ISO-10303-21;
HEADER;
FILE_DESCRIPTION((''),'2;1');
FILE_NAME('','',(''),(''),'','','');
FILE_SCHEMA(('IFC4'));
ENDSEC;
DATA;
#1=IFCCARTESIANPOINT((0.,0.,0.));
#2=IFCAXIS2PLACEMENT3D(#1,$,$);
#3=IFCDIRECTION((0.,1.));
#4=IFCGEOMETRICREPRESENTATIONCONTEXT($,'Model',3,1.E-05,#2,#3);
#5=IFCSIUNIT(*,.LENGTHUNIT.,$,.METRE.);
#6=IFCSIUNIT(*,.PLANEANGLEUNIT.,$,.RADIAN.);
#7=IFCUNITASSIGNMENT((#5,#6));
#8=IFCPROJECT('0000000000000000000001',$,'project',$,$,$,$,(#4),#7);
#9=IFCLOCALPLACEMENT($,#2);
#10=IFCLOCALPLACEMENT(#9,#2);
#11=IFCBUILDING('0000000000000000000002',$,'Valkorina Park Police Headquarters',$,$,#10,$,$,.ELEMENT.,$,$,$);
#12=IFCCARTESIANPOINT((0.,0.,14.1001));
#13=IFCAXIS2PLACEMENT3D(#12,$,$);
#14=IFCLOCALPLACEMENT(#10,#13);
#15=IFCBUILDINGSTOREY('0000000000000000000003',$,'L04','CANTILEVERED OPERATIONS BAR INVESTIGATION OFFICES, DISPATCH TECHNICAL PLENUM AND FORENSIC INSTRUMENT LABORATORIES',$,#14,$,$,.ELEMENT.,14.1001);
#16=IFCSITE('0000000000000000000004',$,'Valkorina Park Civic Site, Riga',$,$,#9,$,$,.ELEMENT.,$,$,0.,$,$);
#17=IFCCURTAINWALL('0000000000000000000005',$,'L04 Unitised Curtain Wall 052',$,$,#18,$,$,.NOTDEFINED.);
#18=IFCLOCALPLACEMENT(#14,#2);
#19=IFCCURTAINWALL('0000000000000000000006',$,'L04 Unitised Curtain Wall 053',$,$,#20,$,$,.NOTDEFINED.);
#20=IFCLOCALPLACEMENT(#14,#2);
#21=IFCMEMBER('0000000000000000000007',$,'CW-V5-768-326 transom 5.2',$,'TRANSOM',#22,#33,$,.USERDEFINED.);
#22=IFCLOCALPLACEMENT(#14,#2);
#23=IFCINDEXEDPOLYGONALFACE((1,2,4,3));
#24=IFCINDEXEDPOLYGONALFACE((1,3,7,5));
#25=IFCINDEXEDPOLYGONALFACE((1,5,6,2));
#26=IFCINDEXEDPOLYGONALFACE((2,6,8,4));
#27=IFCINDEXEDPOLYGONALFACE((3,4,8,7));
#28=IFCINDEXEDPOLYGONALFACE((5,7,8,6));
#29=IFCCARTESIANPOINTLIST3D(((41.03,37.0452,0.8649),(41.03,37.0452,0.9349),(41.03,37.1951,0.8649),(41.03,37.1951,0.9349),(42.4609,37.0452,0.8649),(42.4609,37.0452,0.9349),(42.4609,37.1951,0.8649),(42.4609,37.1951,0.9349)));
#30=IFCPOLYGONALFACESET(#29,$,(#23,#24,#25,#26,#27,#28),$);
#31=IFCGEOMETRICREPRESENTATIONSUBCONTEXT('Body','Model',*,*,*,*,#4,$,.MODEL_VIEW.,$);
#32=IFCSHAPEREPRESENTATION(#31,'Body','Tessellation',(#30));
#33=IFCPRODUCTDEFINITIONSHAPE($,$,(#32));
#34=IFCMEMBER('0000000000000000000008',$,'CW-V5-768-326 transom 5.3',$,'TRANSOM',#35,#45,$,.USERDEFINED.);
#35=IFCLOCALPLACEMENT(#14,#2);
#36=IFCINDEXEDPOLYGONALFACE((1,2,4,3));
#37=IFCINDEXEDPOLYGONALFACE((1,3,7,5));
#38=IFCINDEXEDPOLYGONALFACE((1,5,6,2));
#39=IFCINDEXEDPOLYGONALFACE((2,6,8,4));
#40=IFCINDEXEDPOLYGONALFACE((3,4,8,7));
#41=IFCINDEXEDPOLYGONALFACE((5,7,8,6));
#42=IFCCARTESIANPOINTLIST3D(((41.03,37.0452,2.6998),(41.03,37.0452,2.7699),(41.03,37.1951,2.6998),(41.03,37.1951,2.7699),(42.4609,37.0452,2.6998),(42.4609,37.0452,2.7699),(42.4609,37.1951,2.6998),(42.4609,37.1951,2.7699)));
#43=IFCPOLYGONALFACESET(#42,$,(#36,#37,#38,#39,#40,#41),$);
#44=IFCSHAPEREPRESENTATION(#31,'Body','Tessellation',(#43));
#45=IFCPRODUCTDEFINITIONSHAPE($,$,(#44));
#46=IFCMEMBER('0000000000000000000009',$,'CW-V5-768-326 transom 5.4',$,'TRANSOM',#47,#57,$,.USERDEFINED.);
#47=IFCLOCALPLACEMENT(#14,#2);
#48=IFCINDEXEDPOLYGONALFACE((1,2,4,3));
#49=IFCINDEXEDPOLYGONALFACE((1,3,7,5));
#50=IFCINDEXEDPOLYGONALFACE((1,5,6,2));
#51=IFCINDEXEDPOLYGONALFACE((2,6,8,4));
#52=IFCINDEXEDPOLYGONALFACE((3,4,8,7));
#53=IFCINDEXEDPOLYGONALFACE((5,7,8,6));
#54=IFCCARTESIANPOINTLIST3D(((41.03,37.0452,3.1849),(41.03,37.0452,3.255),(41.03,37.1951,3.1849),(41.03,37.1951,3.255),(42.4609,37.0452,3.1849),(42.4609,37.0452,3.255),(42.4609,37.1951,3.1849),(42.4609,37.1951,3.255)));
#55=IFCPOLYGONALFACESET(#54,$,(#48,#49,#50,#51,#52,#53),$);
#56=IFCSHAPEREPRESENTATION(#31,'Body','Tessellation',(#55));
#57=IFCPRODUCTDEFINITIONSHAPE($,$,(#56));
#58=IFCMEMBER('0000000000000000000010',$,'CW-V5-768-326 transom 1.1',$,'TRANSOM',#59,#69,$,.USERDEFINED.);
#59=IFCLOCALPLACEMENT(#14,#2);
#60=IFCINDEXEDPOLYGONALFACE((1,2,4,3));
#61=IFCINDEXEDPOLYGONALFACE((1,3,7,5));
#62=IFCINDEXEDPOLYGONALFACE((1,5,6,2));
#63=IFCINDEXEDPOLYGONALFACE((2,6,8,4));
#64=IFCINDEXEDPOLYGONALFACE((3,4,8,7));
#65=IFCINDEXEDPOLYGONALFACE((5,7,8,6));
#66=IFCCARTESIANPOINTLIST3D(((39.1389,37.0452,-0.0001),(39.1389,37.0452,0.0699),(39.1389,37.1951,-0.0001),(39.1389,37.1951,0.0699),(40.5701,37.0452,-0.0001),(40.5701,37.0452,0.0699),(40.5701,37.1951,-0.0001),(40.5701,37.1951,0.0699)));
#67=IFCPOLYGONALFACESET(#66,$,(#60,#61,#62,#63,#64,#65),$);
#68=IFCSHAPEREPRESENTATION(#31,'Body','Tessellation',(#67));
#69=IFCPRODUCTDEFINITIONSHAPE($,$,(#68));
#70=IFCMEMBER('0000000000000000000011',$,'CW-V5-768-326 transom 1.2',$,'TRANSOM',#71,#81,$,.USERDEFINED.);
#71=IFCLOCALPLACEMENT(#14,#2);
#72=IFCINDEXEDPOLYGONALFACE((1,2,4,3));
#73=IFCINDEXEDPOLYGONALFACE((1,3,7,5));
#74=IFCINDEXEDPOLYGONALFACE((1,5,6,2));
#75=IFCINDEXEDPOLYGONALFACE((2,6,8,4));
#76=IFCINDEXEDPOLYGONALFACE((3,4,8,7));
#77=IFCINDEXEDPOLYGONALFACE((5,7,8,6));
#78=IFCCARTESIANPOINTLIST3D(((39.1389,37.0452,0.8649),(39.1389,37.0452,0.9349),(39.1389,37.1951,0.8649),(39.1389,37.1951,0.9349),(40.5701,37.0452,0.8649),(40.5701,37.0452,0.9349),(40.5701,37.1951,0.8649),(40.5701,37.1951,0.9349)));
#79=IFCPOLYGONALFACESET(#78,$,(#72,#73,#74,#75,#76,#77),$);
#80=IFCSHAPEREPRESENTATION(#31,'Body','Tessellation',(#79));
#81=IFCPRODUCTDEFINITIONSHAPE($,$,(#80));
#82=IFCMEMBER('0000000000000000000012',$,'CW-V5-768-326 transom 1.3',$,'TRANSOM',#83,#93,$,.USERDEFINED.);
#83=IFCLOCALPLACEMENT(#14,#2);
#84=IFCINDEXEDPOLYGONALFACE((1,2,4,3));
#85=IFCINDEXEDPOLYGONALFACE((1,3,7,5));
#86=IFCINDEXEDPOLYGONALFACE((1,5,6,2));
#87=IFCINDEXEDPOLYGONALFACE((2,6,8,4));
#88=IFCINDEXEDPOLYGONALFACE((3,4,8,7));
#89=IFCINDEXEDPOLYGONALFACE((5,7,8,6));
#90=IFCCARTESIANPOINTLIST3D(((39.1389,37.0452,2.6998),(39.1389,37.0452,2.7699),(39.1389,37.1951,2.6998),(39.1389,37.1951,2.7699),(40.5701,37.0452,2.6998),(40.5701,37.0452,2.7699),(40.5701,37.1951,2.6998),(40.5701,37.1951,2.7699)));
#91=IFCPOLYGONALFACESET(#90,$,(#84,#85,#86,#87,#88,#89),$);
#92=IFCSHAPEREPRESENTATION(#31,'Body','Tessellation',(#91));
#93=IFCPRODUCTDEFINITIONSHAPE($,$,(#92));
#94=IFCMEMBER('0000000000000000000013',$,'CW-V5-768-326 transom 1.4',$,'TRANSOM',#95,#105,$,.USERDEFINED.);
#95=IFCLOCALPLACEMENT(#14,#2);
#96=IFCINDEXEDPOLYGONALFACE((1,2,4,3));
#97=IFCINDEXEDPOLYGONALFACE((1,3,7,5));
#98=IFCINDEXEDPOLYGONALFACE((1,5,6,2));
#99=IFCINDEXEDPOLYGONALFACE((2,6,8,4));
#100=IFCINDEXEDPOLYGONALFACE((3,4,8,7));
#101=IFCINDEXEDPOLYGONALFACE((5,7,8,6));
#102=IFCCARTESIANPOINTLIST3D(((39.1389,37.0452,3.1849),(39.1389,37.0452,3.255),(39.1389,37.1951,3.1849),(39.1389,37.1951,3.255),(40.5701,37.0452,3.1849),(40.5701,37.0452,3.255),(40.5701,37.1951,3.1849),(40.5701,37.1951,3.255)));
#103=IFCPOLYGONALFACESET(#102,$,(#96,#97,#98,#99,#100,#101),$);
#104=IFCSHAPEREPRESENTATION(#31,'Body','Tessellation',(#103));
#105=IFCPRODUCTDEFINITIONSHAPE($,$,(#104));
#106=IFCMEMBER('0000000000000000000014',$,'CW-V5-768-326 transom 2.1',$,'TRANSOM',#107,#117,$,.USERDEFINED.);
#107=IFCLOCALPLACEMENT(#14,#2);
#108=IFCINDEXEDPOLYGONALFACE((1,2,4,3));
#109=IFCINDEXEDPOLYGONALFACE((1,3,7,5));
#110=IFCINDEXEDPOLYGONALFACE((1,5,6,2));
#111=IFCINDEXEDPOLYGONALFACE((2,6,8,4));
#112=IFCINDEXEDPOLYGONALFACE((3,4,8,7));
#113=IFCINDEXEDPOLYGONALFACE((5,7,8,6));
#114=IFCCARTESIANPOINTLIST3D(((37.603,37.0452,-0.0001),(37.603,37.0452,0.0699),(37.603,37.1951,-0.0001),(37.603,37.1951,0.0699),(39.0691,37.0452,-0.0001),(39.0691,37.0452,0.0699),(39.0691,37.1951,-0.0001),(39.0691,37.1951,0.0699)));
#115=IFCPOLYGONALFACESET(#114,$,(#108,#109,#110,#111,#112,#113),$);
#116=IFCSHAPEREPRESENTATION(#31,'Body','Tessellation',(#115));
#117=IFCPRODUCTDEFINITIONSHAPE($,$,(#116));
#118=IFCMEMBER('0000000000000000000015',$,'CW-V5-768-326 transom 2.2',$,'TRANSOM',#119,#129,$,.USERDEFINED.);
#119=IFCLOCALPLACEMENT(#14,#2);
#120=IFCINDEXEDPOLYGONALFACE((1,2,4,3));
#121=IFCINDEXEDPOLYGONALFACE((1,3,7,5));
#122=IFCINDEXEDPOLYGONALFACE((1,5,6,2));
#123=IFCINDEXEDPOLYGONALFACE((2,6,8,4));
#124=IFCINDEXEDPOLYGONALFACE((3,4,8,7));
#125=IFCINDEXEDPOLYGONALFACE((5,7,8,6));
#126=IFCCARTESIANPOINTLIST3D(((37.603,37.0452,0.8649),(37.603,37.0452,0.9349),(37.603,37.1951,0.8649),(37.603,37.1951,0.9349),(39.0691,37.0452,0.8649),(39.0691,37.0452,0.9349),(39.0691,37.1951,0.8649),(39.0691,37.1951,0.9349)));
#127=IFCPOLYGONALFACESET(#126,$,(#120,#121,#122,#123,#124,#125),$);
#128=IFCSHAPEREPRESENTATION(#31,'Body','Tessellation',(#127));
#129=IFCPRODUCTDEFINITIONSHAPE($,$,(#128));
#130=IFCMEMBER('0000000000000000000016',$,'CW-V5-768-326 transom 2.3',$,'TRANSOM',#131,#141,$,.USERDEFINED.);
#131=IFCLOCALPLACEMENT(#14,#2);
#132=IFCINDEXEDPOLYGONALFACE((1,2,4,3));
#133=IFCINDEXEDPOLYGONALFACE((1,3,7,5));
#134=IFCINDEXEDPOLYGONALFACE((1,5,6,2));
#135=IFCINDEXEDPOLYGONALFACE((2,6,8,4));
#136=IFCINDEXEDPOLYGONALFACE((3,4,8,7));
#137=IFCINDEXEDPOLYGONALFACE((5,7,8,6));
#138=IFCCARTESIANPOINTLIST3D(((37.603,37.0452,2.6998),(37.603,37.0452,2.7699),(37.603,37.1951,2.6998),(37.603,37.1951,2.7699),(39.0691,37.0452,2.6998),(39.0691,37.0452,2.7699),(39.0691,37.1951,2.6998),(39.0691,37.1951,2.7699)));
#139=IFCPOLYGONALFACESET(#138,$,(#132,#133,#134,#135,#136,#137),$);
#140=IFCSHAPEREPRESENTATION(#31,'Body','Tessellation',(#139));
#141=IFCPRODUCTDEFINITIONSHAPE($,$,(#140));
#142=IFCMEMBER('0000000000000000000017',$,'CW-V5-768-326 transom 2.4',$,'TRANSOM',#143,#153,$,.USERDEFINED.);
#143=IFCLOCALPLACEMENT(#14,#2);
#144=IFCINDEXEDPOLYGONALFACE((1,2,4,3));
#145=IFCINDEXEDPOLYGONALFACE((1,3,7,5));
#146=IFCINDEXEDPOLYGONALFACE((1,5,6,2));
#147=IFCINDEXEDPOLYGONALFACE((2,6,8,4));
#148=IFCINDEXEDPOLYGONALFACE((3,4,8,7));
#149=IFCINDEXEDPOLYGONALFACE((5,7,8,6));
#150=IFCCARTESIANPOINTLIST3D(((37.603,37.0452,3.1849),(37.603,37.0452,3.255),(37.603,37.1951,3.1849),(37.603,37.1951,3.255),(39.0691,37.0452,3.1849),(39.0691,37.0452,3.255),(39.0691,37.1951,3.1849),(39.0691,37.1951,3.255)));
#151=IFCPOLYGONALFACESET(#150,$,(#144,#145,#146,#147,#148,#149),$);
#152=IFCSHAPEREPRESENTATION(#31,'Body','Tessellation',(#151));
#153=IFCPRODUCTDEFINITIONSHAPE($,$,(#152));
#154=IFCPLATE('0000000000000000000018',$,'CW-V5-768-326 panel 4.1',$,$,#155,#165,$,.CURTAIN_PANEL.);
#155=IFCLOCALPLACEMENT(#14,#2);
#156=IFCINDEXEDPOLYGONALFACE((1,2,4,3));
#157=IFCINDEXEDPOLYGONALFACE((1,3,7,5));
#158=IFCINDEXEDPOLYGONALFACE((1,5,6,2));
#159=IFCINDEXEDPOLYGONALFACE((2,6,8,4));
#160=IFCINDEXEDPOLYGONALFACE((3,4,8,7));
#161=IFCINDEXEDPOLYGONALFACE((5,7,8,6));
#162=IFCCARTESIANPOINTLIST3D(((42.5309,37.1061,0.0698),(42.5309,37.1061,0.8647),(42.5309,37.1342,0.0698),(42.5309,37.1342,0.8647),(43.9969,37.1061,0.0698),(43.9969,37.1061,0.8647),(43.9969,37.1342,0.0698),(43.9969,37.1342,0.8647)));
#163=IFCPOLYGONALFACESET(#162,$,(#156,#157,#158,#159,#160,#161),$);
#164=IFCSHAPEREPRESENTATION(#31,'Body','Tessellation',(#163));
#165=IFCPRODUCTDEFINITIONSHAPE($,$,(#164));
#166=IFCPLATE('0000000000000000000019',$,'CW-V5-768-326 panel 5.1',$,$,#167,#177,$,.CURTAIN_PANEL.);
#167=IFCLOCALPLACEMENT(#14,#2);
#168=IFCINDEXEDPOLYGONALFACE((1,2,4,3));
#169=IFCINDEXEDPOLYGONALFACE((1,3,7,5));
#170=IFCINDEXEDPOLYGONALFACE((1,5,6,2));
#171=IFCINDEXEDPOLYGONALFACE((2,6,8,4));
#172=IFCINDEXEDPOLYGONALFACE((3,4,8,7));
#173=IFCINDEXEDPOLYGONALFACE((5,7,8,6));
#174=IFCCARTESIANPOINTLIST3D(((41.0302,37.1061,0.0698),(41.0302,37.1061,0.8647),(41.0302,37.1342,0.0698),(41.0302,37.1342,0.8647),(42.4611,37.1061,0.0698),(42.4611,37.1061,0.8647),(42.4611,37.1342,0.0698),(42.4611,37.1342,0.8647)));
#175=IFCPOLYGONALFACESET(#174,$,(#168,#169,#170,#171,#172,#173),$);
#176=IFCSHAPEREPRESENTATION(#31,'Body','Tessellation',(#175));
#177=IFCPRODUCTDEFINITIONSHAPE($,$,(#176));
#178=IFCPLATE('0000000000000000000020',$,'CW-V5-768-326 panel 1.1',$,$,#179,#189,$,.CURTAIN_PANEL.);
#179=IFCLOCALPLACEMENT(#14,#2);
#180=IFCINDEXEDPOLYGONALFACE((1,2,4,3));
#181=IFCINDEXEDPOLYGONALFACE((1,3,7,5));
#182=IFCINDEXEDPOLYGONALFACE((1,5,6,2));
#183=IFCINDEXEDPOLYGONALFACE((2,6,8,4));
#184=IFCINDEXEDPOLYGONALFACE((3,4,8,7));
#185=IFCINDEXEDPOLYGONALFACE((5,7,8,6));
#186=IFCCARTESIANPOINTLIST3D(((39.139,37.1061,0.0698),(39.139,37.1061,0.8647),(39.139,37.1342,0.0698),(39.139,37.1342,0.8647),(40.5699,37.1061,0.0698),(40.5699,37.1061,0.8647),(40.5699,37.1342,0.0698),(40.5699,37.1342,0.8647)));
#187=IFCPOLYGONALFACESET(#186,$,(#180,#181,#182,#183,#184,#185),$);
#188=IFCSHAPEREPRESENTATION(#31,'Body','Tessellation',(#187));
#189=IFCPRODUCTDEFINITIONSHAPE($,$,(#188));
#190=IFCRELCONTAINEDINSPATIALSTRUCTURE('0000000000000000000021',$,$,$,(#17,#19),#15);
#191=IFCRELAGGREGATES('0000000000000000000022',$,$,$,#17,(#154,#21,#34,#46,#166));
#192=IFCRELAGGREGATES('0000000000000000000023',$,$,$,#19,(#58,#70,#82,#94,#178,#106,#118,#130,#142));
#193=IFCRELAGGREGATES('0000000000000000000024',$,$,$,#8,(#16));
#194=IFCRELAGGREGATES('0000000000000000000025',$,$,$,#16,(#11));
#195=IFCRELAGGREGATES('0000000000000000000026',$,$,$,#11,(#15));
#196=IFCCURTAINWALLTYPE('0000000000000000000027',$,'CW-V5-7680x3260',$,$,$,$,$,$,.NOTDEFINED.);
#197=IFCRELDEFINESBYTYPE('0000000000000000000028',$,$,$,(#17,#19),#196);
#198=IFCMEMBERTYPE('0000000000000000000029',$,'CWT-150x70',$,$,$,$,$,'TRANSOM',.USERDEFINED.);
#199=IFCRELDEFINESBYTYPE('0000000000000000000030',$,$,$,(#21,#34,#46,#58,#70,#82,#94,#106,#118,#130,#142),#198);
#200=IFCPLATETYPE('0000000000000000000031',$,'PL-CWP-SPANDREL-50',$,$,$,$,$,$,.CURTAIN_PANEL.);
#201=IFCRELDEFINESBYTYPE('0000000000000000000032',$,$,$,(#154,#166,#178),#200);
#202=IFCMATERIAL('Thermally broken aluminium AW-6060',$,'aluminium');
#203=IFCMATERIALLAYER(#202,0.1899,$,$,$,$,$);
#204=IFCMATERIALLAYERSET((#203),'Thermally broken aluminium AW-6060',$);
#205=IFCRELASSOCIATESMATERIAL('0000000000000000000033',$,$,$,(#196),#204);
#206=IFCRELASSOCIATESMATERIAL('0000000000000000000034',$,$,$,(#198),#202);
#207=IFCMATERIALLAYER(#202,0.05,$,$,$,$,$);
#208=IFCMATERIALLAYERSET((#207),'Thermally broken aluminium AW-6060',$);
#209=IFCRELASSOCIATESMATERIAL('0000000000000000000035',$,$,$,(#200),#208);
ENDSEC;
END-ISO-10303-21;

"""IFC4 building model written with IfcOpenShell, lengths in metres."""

from ifc_helpers import new_model, si_unit, direction, frame, origin, origin_2d, place, context, subcontext, project, spatial, rectangle, extrude, material, layer, layer_set, material_profile, profile_set, type_object, element, aggregate, save


model = new_model("IFC4")

# Units and contexts
model_context = context("Model", 3, precision=1e-05, world=origin(), true_north=direction((0.0, 1.0)))
body_context = subcontext(model_context, "Body", "Model", "MODEL_VIEW")
ifc_project = project(units=[si_unit("LENGTHUNIT", "METRE"), si_unit("PLANEANGLEUNIT", "RADIAN")], contexts=[model_context])

# Site, building, storey
site_placement = place(None, origin())
site = spatial("IfcSite", under=ifc_project, at=site_placement, Name="Valkorina Park Civic Site, Riga", CompositionType="ELEMENT", RefElevation=0.0)
building_placement = place(site_placement, origin())
building = spatial("IfcBuilding", under=site, at=building_placement, Name="Valkorina Park Police Headquarters", CompositionType="ELEMENT")
storey_placement = place(building_placement, frame((0.0, 0.0, 14.1001)))
storey = spatial("IfcBuildingStorey", under=building, at=storey_placement, Name="L04", Description="CANTILEVERED OPERATIONS BAR INVESTIGATION OFFICES, DISPATCH TECHNICAL PLENUM AND FORENSIC INSTRUMENT LABORATORIES", CompositionType="ELEMENT", Elevation=14.1001)

# Curtain walls
ifc_material_1 = material(Name="Thermally broken aluminium AW-6060", Category="aluminium")
ifc_layer_1 = layer(ifc_material_1, 0.1899)
ifc_layer_set_1 = layer_set([ifc_layer_1], Name="Thermally broken aluminium AW-6060")
curtain_wall_type = type_object("IfcCurtainWallType", Name="CW-V5-7680x3260", PredefinedType="NOTDEFINED", material=ifc_layer_set_1)
curtain_wall_1_placement = place(storey_placement, origin())
curtain_wall_1 = element("IfcCurtainWall", 1, at=curtain_wall_1_placement, inside=storey, type_object=curtain_wall_type, Name="L04 Unitised Curtain Wall 052", PredefinedType="NOTDEFINED")
curtain_wall_2_placement = place(storey_placement, origin())
curtain_wall_2 = element("IfcCurtainWall", 2, at=curtain_wall_2_placement, inside=storey, type_object=curtain_wall_type, Name="L04 Unitised Curtain Wall 053", PredefinedType="NOTDEFINED")

# Members
ifc_material_profile_1 = material_profile(ifc_material_1, rectangle(XDim=0.1499, YDim=0.0701, at=origin_2d()), Name="CWT-02 150x70")
ifc_profile_set_1 = profile_set([ifc_material_profile_1], Name="Thermally broken aluminium AW-6060")
member_type_1 = type_object("IfcMemberType", Name="CWT-150x70", ElementType="TRANSOM", PredefinedType="USERDEFINED", material=ifc_profile_set_1)
member_1_placement = place(storey_placement, frame((42.4609, 37.1201, 0.8999), z_axis=(-1.0, 0.0, 0.0), x_axis=(0.0, -1.0, 0.0)))
member_1 = element("IfcMember", 3, at=member_1_placement, type_object=member_type_1, Name="CW-V5-768-326 transom 5.2", ObjectType="TRANSOM", PredefinedType="USERDEFINED", context=body_context, shape_type="SweptSolid", body=[
    extrude(rectangle(XDim=0.1499, YDim=0.0701, at=origin_2d()), origin(), (0.0, 0.0, 1.0), 1.4309),
])
member_2_placement = place(storey_placement, frame((42.4609, 37.1201, 2.7349), z_axis=(-1.0, 0.0, 0.0), x_axis=(0.0, -1.0, 0.0)))
member_2 = element("IfcMember", 4, at=member_2_placement, type_object=member_type_1, Name="CW-V5-768-326 transom 5.3", ObjectType="TRANSOM", PredefinedType="USERDEFINED", context=body_context, shape_type="SweptSolid", body=[
    extrude(rectangle(XDim=0.1499, YDim=0.0701, at=origin_2d()), origin(), (0.0, 0.0, 1.0), 1.4309),
])
member_3_placement = place(storey_placement, frame((42.4609, 37.1201, 3.22), z_axis=(-1.0, 0.0, 0.0), x_axis=(0.0, -1.0, 0.0)))
member_3 = element("IfcMember", 5, at=member_3_placement, type_object=member_type_1, Name="CW-V5-768-326 transom 5.4", ObjectType="TRANSOM", PredefinedType="USERDEFINED", context=body_context, shape_type="SweptSolid", body=[
    extrude(rectangle(XDim=0.1499, YDim=0.0701, at=origin_2d()), origin(), (0.0, 0.0, 1.0), 1.4309),
])
member_4_placement = place(storey_placement, frame((40.5701, 37.1201, 0.0349), z_axis=(-1.0, 0.0, 0.0), x_axis=(0.0, -1.0, 0.0)))
member_4 = element("IfcMember", 6, at=member_4_placement, type_object=member_type_1, Name="CW-V5-768-326 transom 1.1", ObjectType="TRANSOM", PredefinedType="USERDEFINED", context=body_context, shape_type="SweptSolid", body=[
    extrude(rectangle(XDim=0.1499, YDim=0.0701, at=origin_2d()), origin(), (0.0, 0.0, 1.0), 1.4312),
])
member_5_placement = place(storey_placement, frame((40.5701, 37.1201, 0.8999), z_axis=(-1.0, 0.0, 0.0), x_axis=(0.0, -1.0, 0.0)))
member_5 = element("IfcMember", 7, at=member_5_placement, type_object=member_type_1, Name="CW-V5-768-326 transom 1.2", ObjectType="TRANSOM", PredefinedType="USERDEFINED", context=body_context, shape_type="SweptSolid", body=[
    extrude(rectangle(XDim=0.1499, YDim=0.0701, at=origin_2d()), origin(), (0.0, 0.0, 1.0), 1.4312),
])
member_6_placement = place(storey_placement, frame((40.5701, 37.1201, 2.7349), z_axis=(-1.0, 0.0, 0.0), x_axis=(0.0, -1.0, 0.0)))
member_6 = element("IfcMember", 8, at=member_6_placement, type_object=member_type_1, Name="CW-V5-768-326 transom 1.3", ObjectType="TRANSOM", PredefinedType="USERDEFINED", context=body_context, shape_type="SweptSolid", body=[
    extrude(rectangle(XDim=0.1499, YDim=0.0701, at=origin_2d()), origin(), (0.0, 0.0, 1.0), 1.4312),
])
member_7_placement = place(storey_placement, frame((40.5701, 37.1201, 3.22), z_axis=(-1.0, 0.0, 0.0), x_axis=(0.0, -1.0, 0.0)))
member_7 = element("IfcMember", 9, at=member_7_placement, type_object=member_type_1, Name="CW-V5-768-326 transom 1.4", ObjectType="TRANSOM", PredefinedType="USERDEFINED", context=body_context, shape_type="SweptSolid", body=[
    extrude(rectangle(XDim=0.1499, YDim=0.0701, at=origin_2d()), origin(), (0.0, 0.0, 1.0), 1.4312),
])
member_8_placement = place(storey_placement, frame((39.0691, 37.1201, 0.0349), z_axis=(-1.0, 0.0, 0.0), x_axis=(0.0, -1.0, 0.0)))
member_8 = element("IfcMember", 10, at=member_8_placement, type_object=member_type_1, Name="CW-V5-768-326 transom 2.1", ObjectType="TRANSOM", PredefinedType="USERDEFINED", context=body_context, shape_type="SweptSolid", body=[
    extrude(rectangle(XDim=0.1499, YDim=0.0701, at=origin_2d()), origin(), (0.0, 0.0, 1.0), 1.4661),
])
member_9_placement = place(storey_placement, frame((39.0691, 37.1201, 0.8999), z_axis=(-1.0, 0.0, 0.0), x_axis=(0.0, -1.0, 0.0)))
member_9 = element("IfcMember", 11, at=member_9_placement, type_object=member_type_1, Name="CW-V5-768-326 transom 2.2", ObjectType="TRANSOM", PredefinedType="USERDEFINED", context=body_context, shape_type="SweptSolid", body=[
    extrude(rectangle(XDim=0.1499, YDim=0.0701, at=origin_2d()), origin(), (0.0, 0.0, 1.0), 1.4661),
])
member_10_placement = place(storey_placement, frame((39.0691, 37.1201, 2.7349), z_axis=(-1.0, 0.0, 0.0), x_axis=(0.0, -1.0, 0.0)))
member_10 = element("IfcMember", 12, at=member_10_placement, type_object=member_type_1, Name="CW-V5-768-326 transom 2.3", ObjectType="TRANSOM", PredefinedType="USERDEFINED", context=body_context, shape_type="SweptSolid", body=[
    extrude(rectangle(XDim=0.1499, YDim=0.0701, at=origin_2d()), origin(), (0.0, 0.0, 1.0), 1.4661),
])
member_11_placement = place(storey_placement, frame((39.0691, 37.1201, 3.22), z_axis=(-1.0, 0.0, 0.0), x_axis=(0.0, -1.0, 0.0)))
member_11 = element("IfcMember", 13, at=member_11_placement, type_object=member_type_1, Name="CW-V5-768-326 transom 2.4", ObjectType="TRANSOM", PredefinedType="USERDEFINED", context=body_context, shape_type="SweptSolid", body=[
    extrude(rectangle(XDim=0.1499, YDim=0.0701, at=origin_2d()), origin(), (0.0, 0.0, 1.0), 1.4661),
])

# Plates
ifc_layer_2 = layer(ifc_material_1, 0.05)
ifc_layer_set_2 = layer_set([ifc_layer_2], Name="Thermally broken aluminium AW-6060")
plate_type_1 = type_object("IfcPlateType", Name="PL-CWP-SPANDREL-50", PredefinedType="CURTAIN_PANEL", material=ifc_layer_set_2)
plate_1_placement = place(storey_placement, frame((43.2639, 37.1201, 0.0698), z_axis=(0.0, 0.0, 1.0), x_axis=(-1.0, 0.0, 0.0)))
plate_1 = element("IfcPlate", 14, at=plate_1_placement, type_object=plate_type_1, Name="CW-V5-768-326 panel 4.1", PredefinedType="CURTAIN_PANEL", context=body_context, shape_type="SweptSolid", body=[
    extrude(rectangle(XDim=1.4661, YDim=0.0281, at=origin_2d()), origin(), (0.0, 0.0, 1.0), 0.7949),
])
plate_2_placement = place(storey_placement, frame((41.7456, 37.1201, 0.0698), z_axis=(0.0, 0.0, 1.0), x_axis=(-1.0, 0.0, 0.0)))
plate_2 = element("IfcPlate", 15, at=plate_2_placement, type_object=plate_type_1, Name="CW-V5-768-326 panel 5.1", PredefinedType="CURTAIN_PANEL", context=body_context, shape_type="SweptSolid", body=[
    extrude(rectangle(XDim=1.4309, YDim=0.0281, at=origin_2d()), origin(), (0.0, 0.0, 1.0), 0.7949),
])
plate_3_placement = place(storey_placement, frame((39.8545, 37.1201, 0.0698), z_axis=(0.0, 0.0, 1.0), x_axis=(-1.0, 0.0, 0.0)))
plate_3 = element("IfcPlate", 16, at=plate_3_placement, type_object=plate_type_1, Name="CW-V5-768-326 panel 1.1", PredefinedType="CURTAIN_PANEL", context=body_context, shape_type="SweptSolid", body=[
    extrude(rectangle(XDim=1.4309, YDim=0.0281, at=origin_2d()), origin(), (0.0, 0.0, 1.0), 0.7949),
])
aggregate(curtain_wall_1, [plate_1, member_1, member_2, member_3, plate_2])
aggregate(curtain_wall_2, [member_4, member_5, member_6, member_7, plate_3, member_8, member_9, member_10, member_11])

save(model, "model.ifc")
